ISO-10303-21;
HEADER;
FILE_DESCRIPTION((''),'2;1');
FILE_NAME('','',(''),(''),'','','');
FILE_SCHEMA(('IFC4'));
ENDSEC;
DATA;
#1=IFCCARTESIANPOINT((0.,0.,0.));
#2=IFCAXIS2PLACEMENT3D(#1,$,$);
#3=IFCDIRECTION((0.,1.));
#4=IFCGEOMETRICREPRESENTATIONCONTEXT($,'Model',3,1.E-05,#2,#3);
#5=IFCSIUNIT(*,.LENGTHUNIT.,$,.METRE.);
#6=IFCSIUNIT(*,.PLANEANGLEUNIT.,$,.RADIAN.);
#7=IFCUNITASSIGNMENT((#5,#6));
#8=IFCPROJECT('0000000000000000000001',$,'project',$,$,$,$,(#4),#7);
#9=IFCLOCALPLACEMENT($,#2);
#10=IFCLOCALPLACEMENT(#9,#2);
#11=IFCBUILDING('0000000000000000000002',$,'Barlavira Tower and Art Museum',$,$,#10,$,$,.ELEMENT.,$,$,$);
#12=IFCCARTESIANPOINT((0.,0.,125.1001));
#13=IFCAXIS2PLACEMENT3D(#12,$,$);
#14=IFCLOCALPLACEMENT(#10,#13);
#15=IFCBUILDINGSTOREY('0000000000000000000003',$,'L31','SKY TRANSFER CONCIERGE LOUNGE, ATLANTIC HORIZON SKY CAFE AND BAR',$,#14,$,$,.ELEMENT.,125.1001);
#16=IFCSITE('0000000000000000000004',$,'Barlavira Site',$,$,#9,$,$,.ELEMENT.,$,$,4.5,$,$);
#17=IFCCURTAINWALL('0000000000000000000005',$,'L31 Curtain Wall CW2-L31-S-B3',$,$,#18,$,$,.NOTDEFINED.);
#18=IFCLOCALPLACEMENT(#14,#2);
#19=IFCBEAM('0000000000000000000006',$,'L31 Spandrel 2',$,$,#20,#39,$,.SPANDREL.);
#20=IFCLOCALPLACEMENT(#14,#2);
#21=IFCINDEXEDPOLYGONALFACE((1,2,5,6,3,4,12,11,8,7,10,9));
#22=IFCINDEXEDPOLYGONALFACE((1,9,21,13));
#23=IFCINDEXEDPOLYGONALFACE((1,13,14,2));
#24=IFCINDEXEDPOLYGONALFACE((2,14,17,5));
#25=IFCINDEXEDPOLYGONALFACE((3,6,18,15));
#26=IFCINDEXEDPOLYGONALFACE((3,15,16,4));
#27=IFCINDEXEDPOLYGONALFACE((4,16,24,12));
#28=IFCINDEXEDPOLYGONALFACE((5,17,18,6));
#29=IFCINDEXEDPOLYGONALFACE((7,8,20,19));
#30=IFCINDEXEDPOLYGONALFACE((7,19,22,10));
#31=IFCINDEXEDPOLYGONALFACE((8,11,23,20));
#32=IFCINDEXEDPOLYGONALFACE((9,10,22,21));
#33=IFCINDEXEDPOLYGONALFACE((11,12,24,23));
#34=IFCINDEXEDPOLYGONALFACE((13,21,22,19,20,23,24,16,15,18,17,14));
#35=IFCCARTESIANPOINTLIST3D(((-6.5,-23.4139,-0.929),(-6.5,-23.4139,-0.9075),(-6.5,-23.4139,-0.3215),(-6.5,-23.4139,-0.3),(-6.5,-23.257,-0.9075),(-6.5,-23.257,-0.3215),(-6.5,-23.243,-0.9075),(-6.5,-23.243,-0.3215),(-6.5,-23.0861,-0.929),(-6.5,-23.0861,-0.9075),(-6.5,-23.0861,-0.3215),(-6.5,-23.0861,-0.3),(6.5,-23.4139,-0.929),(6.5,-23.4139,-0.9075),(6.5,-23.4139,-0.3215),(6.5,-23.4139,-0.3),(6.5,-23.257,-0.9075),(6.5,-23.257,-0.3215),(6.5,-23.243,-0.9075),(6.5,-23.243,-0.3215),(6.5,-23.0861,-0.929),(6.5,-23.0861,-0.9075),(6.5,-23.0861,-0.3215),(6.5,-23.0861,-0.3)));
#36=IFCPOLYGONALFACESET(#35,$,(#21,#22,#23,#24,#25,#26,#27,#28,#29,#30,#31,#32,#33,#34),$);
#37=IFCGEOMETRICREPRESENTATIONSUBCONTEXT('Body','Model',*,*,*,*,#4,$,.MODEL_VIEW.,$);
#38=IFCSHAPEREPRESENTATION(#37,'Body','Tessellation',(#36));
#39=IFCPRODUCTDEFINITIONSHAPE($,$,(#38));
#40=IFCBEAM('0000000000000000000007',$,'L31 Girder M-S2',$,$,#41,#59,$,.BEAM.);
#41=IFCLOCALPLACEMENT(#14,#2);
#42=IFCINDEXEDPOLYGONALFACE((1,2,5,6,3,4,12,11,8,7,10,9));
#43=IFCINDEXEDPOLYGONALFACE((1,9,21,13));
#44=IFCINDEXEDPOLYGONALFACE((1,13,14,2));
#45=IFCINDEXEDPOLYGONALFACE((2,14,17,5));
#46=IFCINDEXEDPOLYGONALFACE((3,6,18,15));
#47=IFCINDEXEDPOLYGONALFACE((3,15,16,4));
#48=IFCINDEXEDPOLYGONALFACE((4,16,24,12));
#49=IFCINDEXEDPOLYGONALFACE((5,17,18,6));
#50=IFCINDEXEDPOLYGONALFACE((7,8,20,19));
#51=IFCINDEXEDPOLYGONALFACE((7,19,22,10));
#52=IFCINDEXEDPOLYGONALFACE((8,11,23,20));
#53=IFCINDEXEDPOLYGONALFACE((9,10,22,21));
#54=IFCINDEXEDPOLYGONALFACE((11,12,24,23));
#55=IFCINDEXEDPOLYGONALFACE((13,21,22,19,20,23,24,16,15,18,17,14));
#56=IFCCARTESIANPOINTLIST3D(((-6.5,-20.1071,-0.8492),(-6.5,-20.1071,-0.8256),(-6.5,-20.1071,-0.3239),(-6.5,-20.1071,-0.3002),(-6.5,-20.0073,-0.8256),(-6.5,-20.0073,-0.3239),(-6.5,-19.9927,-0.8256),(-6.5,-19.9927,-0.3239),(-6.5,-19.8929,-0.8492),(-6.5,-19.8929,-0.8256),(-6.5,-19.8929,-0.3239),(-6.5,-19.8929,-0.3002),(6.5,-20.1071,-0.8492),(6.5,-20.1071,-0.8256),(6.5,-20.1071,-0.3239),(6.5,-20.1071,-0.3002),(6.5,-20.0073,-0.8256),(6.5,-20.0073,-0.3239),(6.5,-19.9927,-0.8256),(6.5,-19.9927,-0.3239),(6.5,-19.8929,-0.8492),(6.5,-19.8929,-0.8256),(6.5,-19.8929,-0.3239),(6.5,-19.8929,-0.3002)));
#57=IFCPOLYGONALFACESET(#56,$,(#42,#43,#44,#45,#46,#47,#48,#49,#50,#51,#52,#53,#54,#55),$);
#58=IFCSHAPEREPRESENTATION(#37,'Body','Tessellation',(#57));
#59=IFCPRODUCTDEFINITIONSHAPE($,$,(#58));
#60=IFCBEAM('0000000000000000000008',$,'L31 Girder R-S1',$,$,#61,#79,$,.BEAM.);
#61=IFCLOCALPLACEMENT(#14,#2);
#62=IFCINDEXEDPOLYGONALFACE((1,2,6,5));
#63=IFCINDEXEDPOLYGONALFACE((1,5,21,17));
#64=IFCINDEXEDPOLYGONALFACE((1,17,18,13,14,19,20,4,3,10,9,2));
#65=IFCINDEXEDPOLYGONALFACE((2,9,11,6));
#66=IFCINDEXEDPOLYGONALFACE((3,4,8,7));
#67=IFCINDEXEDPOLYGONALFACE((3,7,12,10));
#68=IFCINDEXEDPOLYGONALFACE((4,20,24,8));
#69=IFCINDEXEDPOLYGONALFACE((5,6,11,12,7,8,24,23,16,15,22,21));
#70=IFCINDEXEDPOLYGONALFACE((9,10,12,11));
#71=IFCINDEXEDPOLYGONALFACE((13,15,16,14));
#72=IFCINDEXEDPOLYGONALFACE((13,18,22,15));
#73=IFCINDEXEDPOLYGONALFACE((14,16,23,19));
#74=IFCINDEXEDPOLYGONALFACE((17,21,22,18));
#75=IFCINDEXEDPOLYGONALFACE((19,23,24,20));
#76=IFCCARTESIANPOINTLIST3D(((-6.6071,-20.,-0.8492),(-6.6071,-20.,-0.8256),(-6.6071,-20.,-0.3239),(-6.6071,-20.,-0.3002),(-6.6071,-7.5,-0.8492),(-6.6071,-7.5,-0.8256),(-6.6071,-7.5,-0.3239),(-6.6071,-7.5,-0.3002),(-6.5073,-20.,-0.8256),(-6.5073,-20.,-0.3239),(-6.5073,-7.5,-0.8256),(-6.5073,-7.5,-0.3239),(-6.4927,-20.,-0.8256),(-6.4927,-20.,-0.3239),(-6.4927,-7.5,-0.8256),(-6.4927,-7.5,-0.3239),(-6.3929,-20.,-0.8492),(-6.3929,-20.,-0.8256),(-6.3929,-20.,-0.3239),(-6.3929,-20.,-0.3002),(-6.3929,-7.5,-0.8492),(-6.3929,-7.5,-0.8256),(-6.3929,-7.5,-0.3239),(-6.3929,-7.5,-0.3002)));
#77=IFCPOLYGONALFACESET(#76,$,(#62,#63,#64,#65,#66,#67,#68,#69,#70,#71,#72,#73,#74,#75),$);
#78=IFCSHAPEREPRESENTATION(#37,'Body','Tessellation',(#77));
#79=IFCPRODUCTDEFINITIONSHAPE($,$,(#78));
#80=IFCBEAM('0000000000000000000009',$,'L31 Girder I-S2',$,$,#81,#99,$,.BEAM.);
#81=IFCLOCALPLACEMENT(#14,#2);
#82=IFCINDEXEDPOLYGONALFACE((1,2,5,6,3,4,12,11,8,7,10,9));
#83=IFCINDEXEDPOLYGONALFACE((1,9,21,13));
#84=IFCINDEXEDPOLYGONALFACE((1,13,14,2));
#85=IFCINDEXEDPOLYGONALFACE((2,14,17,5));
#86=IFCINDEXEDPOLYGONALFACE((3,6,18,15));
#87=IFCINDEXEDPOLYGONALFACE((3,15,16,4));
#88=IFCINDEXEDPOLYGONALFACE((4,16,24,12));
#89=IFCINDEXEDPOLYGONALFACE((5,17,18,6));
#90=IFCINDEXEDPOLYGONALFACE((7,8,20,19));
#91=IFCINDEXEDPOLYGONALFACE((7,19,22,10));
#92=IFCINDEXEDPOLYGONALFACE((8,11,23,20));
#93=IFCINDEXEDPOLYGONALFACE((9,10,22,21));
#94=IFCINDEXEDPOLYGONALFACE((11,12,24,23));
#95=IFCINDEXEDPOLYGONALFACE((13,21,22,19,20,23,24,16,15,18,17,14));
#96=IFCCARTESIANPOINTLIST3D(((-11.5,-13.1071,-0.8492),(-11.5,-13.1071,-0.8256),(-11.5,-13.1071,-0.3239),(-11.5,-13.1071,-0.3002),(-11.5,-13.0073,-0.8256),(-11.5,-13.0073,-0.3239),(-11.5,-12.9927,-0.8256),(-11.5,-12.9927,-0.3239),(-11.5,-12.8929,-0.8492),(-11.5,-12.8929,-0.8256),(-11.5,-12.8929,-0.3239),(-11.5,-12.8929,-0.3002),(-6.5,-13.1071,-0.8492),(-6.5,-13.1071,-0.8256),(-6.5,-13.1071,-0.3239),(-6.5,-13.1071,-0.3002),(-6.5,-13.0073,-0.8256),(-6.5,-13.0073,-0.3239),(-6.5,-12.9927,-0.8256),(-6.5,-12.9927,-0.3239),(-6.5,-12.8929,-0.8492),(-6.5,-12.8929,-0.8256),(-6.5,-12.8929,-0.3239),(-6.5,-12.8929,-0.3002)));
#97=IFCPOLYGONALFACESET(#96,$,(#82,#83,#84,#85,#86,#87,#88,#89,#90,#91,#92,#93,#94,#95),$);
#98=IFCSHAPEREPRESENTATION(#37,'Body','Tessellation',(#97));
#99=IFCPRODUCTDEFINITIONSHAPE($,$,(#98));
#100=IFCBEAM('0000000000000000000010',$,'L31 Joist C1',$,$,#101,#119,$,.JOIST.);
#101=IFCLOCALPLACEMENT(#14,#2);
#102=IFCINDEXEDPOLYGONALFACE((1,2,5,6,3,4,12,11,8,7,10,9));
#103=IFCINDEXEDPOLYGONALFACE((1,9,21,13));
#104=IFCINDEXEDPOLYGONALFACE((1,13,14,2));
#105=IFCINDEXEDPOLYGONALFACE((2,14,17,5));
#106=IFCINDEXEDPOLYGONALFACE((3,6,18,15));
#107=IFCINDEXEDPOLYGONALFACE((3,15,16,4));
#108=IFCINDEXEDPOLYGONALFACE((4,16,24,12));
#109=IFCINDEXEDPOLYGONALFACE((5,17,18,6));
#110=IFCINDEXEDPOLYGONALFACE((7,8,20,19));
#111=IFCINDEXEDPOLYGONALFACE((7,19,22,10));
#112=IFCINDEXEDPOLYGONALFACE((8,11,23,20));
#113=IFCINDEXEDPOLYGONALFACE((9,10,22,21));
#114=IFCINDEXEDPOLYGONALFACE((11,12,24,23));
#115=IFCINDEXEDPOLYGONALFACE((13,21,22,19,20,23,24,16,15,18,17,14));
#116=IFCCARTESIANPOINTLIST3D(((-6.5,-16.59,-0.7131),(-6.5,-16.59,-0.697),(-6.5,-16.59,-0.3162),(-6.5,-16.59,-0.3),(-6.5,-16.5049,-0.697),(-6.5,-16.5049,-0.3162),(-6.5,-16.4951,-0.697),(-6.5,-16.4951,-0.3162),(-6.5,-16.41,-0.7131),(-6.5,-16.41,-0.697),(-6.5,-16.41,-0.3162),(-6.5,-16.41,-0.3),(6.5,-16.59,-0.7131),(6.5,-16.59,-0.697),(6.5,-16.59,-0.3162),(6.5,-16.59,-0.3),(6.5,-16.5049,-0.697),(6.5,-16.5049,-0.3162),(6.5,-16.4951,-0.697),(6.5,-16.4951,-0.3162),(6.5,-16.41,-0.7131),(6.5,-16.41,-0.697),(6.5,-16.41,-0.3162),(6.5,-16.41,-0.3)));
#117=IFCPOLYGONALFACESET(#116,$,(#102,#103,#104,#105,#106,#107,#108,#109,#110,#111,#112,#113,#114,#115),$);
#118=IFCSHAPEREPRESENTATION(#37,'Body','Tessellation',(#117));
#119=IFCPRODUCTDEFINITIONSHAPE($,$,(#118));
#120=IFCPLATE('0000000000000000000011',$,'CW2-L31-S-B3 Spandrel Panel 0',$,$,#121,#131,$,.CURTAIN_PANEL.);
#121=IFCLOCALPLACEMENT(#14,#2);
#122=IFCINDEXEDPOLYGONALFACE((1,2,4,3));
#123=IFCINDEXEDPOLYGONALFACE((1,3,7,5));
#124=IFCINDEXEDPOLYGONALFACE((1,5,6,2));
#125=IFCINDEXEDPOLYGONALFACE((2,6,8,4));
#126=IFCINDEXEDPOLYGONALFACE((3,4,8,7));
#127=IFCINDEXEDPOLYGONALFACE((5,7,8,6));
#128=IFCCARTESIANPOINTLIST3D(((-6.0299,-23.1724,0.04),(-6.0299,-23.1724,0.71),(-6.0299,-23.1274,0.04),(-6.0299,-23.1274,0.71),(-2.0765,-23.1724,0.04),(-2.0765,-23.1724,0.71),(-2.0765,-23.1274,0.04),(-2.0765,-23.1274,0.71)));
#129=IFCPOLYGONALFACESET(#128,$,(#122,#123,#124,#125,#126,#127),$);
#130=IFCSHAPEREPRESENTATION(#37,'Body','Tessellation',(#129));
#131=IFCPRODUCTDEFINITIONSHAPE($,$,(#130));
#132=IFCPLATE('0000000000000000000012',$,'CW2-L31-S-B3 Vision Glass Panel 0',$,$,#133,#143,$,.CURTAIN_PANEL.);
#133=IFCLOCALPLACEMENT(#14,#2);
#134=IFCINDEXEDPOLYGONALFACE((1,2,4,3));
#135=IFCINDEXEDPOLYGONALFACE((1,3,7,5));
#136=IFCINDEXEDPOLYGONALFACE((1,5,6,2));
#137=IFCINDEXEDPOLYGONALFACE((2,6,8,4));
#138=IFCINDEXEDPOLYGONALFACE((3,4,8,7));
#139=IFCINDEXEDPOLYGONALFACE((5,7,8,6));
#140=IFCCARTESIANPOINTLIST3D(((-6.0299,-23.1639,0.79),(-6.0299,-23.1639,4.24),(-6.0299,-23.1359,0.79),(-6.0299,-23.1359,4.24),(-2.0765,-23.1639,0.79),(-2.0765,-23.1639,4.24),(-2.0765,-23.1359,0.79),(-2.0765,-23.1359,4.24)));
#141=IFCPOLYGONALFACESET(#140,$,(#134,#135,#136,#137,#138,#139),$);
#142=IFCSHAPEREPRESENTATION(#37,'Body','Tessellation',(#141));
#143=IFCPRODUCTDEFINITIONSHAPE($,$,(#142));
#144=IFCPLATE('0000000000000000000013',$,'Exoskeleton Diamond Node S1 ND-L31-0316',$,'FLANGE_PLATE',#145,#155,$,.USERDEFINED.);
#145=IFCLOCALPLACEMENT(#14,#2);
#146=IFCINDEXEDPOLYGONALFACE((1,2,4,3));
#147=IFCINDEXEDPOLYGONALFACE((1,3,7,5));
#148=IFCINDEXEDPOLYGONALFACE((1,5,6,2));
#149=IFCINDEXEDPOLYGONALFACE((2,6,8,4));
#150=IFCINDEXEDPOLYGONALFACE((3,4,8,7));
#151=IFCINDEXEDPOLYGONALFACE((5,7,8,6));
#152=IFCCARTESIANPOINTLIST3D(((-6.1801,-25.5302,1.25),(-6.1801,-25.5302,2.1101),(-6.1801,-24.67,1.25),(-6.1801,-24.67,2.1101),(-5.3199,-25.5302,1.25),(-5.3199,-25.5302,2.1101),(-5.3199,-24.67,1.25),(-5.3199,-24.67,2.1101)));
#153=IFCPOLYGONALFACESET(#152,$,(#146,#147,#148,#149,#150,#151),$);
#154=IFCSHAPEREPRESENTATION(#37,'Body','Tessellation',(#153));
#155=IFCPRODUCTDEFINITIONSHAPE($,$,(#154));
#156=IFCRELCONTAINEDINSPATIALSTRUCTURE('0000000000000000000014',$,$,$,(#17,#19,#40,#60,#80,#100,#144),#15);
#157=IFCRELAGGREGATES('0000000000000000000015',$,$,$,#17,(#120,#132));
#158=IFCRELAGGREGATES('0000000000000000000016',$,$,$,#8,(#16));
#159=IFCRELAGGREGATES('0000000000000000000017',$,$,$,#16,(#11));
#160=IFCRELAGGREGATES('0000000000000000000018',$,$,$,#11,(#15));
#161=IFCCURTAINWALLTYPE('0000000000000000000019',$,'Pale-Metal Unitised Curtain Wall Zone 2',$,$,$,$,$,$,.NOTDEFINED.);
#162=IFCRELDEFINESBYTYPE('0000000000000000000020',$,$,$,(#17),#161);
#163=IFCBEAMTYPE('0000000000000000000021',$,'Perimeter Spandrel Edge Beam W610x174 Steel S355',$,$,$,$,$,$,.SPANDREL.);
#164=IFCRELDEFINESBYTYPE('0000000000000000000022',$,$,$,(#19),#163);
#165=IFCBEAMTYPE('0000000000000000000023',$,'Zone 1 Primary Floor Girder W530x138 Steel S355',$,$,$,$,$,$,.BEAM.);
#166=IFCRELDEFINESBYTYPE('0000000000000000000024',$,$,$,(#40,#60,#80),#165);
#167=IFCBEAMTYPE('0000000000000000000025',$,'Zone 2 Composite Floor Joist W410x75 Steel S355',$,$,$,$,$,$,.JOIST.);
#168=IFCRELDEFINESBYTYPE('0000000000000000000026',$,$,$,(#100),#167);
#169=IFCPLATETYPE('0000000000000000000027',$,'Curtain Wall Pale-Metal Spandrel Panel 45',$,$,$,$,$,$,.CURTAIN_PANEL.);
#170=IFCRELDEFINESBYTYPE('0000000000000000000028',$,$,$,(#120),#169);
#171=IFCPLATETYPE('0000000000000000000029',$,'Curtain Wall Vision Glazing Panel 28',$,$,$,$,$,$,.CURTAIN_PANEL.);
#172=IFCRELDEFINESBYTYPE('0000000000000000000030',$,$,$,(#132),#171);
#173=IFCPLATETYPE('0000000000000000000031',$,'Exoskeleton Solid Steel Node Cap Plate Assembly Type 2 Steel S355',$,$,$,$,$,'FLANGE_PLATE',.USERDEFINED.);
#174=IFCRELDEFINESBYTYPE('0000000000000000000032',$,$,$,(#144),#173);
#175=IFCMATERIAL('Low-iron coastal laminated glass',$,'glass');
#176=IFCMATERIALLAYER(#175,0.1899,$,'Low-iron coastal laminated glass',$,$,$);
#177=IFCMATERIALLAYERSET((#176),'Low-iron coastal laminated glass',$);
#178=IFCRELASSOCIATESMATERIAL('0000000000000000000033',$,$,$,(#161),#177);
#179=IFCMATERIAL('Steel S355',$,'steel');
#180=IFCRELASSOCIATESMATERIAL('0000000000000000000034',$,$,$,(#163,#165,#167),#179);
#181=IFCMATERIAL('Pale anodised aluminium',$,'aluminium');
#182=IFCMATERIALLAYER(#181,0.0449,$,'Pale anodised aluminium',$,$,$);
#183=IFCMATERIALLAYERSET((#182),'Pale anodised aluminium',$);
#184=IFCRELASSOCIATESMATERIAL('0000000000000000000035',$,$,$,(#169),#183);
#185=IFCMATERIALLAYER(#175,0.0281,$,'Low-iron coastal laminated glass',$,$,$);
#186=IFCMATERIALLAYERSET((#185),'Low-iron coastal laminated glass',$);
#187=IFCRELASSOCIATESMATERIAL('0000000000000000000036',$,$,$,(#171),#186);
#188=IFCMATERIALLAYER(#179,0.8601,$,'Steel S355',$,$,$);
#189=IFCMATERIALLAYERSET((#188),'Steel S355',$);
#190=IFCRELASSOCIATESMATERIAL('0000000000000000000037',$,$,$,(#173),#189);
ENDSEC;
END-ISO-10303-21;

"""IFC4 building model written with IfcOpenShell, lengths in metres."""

from ifc_helpers import new_model, si_unit, direction, frame, origin, origin_2d, place, context, subcontext, project, spatial, rectangle, i_section, extrude, material, layer, layer_set, material_profile, profile_set, type_object, element, aggregate, save


model = new_model("IFC4")

# Units and contexts
model_context = context("Model", 3, precision=1e-05, world=origin(), true_north=direction((0.0, 1.0)))
body_context = subcontext(model_context, "Body", "Model", "MODEL_VIEW")
ifc_project = project(units=[si_unit("LENGTHUNIT", "METRE"), si_unit("PLANEANGLEUNIT", "RADIAN")], contexts=[model_context])

# Site, building, storey
site_placement = place(None, origin())
site = spatial("IfcSite", under=ifc_project, at=site_placement, Name="Barlavira Site", CompositionType="ELEMENT", RefElevation=4.5)
building_placement = place(site_placement, origin())
building = spatial("IfcBuilding", under=site, at=building_placement, Name="Barlavira Tower and Art Museum", CompositionType="ELEMENT")
storey_placement = place(building_placement, frame((0.0, 0.0, 125.1001)))
storey = spatial("IfcBuildingStorey", under=building, at=storey_placement, Name="L31", Description="SKY TRANSFER CONCIERGE LOUNGE, ATLANTIC HORIZON SKY CAFE AND BAR", CompositionType="ELEMENT", Elevation=125.1001)

# Curtain wall
ifc_material_1 = material(Name="Low-iron coastal laminated glass", Category="glass")
ifc_layer_1 = layer(ifc_material_1, 0.1899, Name="Low-iron coastal laminated glass")
ifc_layer_set_1 = layer_set([ifc_layer_1], Name="Low-iron coastal laminated glass")
curtain_wall_type = type_object("IfcCurtainWallType", Name="Pale-Metal Unitised Curtain Wall Zone 2", PredefinedType="NOTDEFINED", material=ifc_layer_set_1)
curtain_wall_placement = place(storey_placement, origin())
curtain_wall = element("IfcCurtainWall", 1, at=curtain_wall_placement, inside=storey, type_object=curtain_wall_type, Name="L31 Curtain Wall CW2-L31-S-B3", PredefinedType="NOTDEFINED")
ifc_material_2 = material(Name="Pale anodised aluminium", Category="aluminium")

# Beams
ifc_material_3 = material(Name="Steel S355", Category="steel")
ifc_material_profile_1 = material_profile(ifc_material_3, i_section(OverallWidth=0.3279, OverallDepth=0.6289, WebThickness=0.0139, FlangeThickness=0.0215, at=origin_2d()), Name="W610x174.0")
ifc_profile_set_1 = profile_set([ifc_material_profile_1], Name="Steel S355")
beam_type_1 = type_object("IfcBeamType", Name="Perimeter Spandrel Edge Beam W610x174 Steel S355", PredefinedType="SPANDREL", material=ifc_profile_set_1)
beam_1_placement = place(storey_placement, frame((-6.5, -23.25, -0.6145), z_axis=(1.0, 0.0, 0.0), x_axis=(0.0, 1.0, 0.0)))
element("IfcBeam", 2, at=beam_1_placement, inside=storey, type_object=beam_type_1, Name="L31 Spandrel 2", PredefinedType="SPANDREL", context=body_context, shape_type="SweptSolid", body=[
    extrude(i_section(OverallWidth=0.3279, OverallDepth=0.6289, WebThickness=0.0139, FlangeThickness=0.0215, at=origin_2d()), origin(), (0.0, 0.0, 1.0), 13.0),
])
ifc_material_profile_2 = material_profile(ifc_material_3, i_section(OverallWidth=0.2141, OverallDepth=0.5491, WebThickness=0.0146, FlangeThickness=0.0237, at=origin_2d()), Name="W530x138.0")
ifc_profile_set_2 = profile_set([ifc_material_profile_2], Name="Steel S355")
beam_type_2 = type_object("IfcBeamType", Name="Zone 1 Primary Floor Girder W530x138 Steel S355", PredefinedType="BEAM", material=ifc_profile_set_2)
beam_2_placement = place(storey_placement, frame((-6.5, -20.0, -0.5747), z_axis=(1.0, 0.0, 0.0), x_axis=(0.0, 1.0, 0.0)))
element("IfcBeam", 3, at=beam_2_placement, inside=storey, type_object=beam_type_2, Name="L31 Girder M-S2", PredefinedType="BEAM", context=body_context, shape_type="SweptSolid", body=[
    extrude(i_section(OverallWidth=0.2141, OverallDepth=0.5491, WebThickness=0.0146, FlangeThickness=0.0237, at=origin_2d()), origin(), (0.0, 0.0, 1.0), 13.0),
])
beam_3_placement = place(storey_placement, frame((-6.5, -20.0, -0.5747), z_axis=(0.0, 1.0, 0.0), x_axis=(-1.0, 0.0, 0.0)))
element("IfcBeam", 4, at=beam_3_placement, inside=storey, type_object=beam_type_2, Name="L31 Girder R-S1", PredefinedType="BEAM", context=body_context, shape_type="SweptSolid", body=[
    extrude(i_section(OverallWidth=0.2141, OverallDepth=0.5491, WebThickness=0.0146, FlangeThickness=0.0237, at=origin_2d()), origin(), (0.0, 0.0, 1.0), 12.5),
])
beam_4_placement = place(storey_placement, frame((-11.5, -13.0, -0.5747), z_axis=(1.0, 0.0, 0.0), x_axis=(0.0, 1.0, 0.0)))
element("IfcBeam", 5, at=beam_4_placement, inside=storey, type_object=beam_type_2, Name="L31 Girder I-S2", PredefinedType="BEAM", context=body_context, shape_type="SweptSolid", body=[
    extrude(i_section(OverallWidth=0.2141, OverallDepth=0.5491, WebThickness=0.0146, FlangeThickness=0.0237, at=origin_2d()), origin(), (0.0, 0.0, 1.0), 5.0),
])
ifc_material_profile_3 = material_profile(ifc_material_3, i_section(OverallWidth=0.1799, OverallDepth=0.4131, WebThickness=0.0098, FlangeThickness=0.0161, at=origin_2d()), Name="W410x75.0")
ifc_profile_set_3 = profile_set([ifc_material_profile_3], Name="Steel S355")
beam_type_3 = type_object("IfcBeamType", Name="Zone 2 Composite Floor Joist W410x75 Steel S355", PredefinedType="JOIST", material=ifc_profile_set_3)
beam_5_placement = place(storey_placement, frame((-6.5, -16.5, -0.5066), z_axis=(1.0, 0.0, 0.0), x_axis=(0.0, 1.0, 0.0)))
element("IfcBeam", 6, at=beam_5_placement, inside=storey, type_object=beam_type_3, Name="L31 Joist C1", PredefinedType="JOIST", context=body_context, shape_type="SweptSolid", body=[
    extrude(i_section(OverallWidth=0.1799, OverallDepth=0.4131, WebThickness=0.0098, FlangeThickness=0.0161, at=origin_2d()), origin(), (0.0, 0.0, 1.0), 13.0),
])

# Plates
ifc_layer_2 = layer(ifc_material_2, 0.0449, Name="Pale anodised aluminium")
ifc_layer_set_2 = layer_set([ifc_layer_2], Name="Pale anodised aluminium")
plate_type_1 = type_object("IfcPlateType", Name="Curtain Wall Pale-Metal Spandrel Panel 45", PredefinedType="CURTAIN_PANEL", material=ifc_layer_set_2)
plate_1_placement = place(storey_placement, frame((-4.0532, -23.1499, 0.04), z_axis=(0.0, 0.0, 1.0), x_axis=(1.0, 0.0, 0.0)))
plate_1 = element("IfcPlate", 7, at=plate_1_placement, type_object=plate_type_1, Name="CW2-L31-S-B3 Spandrel Panel 0", PredefinedType="CURTAIN_PANEL", context=body_context, shape_type="SweptSolid", body=[
    extrude(rectangle(XDim=3.9534, YDim=0.0449, at=origin_2d()), origin(), (0.0, 0.0, 1.0), 0.6699),
])
ifc_layer_3 = layer(ifc_material_1, 0.0281, Name="Low-iron coastal laminated glass")
ifc_layer_set_3 = layer_set([ifc_layer_3], Name="Low-iron coastal laminated glass")
plate_type_2 = type_object("IfcPlateType", Name="Curtain Wall Vision Glazing Panel 28", PredefinedType="CURTAIN_PANEL", material=ifc_layer_set_3)
plate_2_placement = place(storey_placement, frame((-4.0532, -23.1499, 0.79), z_axis=(0.0, 0.0, 1.0), x_axis=(1.0, 0.0, 0.0)))
plate_2 = element("IfcPlate", 8, at=plate_2_placement, type_object=plate_type_2, Name="CW2-L31-S-B3 Vision Glass Panel 0", PredefinedType="CURTAIN_PANEL", context=body_context, shape_type="SweptSolid", body=[
    extrude(rectangle(XDim=3.9534, YDim=0.0281, at=origin_2d()), origin(), (0.0, 0.0, 1.0), 3.45),
])
aggregate(curtain_wall, [plate_1, plate_2])
ifc_layer_4 = layer(ifc_material_3, 0.8601, Name="Steel S355")
ifc_layer_set_4 = layer_set([ifc_layer_4], Name="Steel S355")
plate_type_3 = type_object("IfcPlateType", Name="Exoskeleton Solid Steel Node Cap Plate Assembly Type 2 Steel S355", ElementType="FLANGE_PLATE", PredefinedType="USERDEFINED", material=ifc_layer_set_4)
plate_3_placement = place(storey_placement, frame((-5.75, -25.1001, 1.25), z_axis=(0.0, 0.0, 1.0), x_axis=(1.0, 0.0, 0.0)))
element("IfcPlate", 9, at=plate_3_placement, inside=storey, type_object=plate_type_3, Name="Exoskeleton Diamond Node S1 ND-L31-0316", ObjectType="FLANGE_PLATE", PredefinedType="USERDEFINED", context=body_context, shape_type="SweptSolid", body=[
    extrude(rectangle(XDim=0.8601, YDim=0.8601, at=origin_2d()), origin(), (0.0, 0.0, 1.0), 0.8601),
])

save(model, "model.ifc")
